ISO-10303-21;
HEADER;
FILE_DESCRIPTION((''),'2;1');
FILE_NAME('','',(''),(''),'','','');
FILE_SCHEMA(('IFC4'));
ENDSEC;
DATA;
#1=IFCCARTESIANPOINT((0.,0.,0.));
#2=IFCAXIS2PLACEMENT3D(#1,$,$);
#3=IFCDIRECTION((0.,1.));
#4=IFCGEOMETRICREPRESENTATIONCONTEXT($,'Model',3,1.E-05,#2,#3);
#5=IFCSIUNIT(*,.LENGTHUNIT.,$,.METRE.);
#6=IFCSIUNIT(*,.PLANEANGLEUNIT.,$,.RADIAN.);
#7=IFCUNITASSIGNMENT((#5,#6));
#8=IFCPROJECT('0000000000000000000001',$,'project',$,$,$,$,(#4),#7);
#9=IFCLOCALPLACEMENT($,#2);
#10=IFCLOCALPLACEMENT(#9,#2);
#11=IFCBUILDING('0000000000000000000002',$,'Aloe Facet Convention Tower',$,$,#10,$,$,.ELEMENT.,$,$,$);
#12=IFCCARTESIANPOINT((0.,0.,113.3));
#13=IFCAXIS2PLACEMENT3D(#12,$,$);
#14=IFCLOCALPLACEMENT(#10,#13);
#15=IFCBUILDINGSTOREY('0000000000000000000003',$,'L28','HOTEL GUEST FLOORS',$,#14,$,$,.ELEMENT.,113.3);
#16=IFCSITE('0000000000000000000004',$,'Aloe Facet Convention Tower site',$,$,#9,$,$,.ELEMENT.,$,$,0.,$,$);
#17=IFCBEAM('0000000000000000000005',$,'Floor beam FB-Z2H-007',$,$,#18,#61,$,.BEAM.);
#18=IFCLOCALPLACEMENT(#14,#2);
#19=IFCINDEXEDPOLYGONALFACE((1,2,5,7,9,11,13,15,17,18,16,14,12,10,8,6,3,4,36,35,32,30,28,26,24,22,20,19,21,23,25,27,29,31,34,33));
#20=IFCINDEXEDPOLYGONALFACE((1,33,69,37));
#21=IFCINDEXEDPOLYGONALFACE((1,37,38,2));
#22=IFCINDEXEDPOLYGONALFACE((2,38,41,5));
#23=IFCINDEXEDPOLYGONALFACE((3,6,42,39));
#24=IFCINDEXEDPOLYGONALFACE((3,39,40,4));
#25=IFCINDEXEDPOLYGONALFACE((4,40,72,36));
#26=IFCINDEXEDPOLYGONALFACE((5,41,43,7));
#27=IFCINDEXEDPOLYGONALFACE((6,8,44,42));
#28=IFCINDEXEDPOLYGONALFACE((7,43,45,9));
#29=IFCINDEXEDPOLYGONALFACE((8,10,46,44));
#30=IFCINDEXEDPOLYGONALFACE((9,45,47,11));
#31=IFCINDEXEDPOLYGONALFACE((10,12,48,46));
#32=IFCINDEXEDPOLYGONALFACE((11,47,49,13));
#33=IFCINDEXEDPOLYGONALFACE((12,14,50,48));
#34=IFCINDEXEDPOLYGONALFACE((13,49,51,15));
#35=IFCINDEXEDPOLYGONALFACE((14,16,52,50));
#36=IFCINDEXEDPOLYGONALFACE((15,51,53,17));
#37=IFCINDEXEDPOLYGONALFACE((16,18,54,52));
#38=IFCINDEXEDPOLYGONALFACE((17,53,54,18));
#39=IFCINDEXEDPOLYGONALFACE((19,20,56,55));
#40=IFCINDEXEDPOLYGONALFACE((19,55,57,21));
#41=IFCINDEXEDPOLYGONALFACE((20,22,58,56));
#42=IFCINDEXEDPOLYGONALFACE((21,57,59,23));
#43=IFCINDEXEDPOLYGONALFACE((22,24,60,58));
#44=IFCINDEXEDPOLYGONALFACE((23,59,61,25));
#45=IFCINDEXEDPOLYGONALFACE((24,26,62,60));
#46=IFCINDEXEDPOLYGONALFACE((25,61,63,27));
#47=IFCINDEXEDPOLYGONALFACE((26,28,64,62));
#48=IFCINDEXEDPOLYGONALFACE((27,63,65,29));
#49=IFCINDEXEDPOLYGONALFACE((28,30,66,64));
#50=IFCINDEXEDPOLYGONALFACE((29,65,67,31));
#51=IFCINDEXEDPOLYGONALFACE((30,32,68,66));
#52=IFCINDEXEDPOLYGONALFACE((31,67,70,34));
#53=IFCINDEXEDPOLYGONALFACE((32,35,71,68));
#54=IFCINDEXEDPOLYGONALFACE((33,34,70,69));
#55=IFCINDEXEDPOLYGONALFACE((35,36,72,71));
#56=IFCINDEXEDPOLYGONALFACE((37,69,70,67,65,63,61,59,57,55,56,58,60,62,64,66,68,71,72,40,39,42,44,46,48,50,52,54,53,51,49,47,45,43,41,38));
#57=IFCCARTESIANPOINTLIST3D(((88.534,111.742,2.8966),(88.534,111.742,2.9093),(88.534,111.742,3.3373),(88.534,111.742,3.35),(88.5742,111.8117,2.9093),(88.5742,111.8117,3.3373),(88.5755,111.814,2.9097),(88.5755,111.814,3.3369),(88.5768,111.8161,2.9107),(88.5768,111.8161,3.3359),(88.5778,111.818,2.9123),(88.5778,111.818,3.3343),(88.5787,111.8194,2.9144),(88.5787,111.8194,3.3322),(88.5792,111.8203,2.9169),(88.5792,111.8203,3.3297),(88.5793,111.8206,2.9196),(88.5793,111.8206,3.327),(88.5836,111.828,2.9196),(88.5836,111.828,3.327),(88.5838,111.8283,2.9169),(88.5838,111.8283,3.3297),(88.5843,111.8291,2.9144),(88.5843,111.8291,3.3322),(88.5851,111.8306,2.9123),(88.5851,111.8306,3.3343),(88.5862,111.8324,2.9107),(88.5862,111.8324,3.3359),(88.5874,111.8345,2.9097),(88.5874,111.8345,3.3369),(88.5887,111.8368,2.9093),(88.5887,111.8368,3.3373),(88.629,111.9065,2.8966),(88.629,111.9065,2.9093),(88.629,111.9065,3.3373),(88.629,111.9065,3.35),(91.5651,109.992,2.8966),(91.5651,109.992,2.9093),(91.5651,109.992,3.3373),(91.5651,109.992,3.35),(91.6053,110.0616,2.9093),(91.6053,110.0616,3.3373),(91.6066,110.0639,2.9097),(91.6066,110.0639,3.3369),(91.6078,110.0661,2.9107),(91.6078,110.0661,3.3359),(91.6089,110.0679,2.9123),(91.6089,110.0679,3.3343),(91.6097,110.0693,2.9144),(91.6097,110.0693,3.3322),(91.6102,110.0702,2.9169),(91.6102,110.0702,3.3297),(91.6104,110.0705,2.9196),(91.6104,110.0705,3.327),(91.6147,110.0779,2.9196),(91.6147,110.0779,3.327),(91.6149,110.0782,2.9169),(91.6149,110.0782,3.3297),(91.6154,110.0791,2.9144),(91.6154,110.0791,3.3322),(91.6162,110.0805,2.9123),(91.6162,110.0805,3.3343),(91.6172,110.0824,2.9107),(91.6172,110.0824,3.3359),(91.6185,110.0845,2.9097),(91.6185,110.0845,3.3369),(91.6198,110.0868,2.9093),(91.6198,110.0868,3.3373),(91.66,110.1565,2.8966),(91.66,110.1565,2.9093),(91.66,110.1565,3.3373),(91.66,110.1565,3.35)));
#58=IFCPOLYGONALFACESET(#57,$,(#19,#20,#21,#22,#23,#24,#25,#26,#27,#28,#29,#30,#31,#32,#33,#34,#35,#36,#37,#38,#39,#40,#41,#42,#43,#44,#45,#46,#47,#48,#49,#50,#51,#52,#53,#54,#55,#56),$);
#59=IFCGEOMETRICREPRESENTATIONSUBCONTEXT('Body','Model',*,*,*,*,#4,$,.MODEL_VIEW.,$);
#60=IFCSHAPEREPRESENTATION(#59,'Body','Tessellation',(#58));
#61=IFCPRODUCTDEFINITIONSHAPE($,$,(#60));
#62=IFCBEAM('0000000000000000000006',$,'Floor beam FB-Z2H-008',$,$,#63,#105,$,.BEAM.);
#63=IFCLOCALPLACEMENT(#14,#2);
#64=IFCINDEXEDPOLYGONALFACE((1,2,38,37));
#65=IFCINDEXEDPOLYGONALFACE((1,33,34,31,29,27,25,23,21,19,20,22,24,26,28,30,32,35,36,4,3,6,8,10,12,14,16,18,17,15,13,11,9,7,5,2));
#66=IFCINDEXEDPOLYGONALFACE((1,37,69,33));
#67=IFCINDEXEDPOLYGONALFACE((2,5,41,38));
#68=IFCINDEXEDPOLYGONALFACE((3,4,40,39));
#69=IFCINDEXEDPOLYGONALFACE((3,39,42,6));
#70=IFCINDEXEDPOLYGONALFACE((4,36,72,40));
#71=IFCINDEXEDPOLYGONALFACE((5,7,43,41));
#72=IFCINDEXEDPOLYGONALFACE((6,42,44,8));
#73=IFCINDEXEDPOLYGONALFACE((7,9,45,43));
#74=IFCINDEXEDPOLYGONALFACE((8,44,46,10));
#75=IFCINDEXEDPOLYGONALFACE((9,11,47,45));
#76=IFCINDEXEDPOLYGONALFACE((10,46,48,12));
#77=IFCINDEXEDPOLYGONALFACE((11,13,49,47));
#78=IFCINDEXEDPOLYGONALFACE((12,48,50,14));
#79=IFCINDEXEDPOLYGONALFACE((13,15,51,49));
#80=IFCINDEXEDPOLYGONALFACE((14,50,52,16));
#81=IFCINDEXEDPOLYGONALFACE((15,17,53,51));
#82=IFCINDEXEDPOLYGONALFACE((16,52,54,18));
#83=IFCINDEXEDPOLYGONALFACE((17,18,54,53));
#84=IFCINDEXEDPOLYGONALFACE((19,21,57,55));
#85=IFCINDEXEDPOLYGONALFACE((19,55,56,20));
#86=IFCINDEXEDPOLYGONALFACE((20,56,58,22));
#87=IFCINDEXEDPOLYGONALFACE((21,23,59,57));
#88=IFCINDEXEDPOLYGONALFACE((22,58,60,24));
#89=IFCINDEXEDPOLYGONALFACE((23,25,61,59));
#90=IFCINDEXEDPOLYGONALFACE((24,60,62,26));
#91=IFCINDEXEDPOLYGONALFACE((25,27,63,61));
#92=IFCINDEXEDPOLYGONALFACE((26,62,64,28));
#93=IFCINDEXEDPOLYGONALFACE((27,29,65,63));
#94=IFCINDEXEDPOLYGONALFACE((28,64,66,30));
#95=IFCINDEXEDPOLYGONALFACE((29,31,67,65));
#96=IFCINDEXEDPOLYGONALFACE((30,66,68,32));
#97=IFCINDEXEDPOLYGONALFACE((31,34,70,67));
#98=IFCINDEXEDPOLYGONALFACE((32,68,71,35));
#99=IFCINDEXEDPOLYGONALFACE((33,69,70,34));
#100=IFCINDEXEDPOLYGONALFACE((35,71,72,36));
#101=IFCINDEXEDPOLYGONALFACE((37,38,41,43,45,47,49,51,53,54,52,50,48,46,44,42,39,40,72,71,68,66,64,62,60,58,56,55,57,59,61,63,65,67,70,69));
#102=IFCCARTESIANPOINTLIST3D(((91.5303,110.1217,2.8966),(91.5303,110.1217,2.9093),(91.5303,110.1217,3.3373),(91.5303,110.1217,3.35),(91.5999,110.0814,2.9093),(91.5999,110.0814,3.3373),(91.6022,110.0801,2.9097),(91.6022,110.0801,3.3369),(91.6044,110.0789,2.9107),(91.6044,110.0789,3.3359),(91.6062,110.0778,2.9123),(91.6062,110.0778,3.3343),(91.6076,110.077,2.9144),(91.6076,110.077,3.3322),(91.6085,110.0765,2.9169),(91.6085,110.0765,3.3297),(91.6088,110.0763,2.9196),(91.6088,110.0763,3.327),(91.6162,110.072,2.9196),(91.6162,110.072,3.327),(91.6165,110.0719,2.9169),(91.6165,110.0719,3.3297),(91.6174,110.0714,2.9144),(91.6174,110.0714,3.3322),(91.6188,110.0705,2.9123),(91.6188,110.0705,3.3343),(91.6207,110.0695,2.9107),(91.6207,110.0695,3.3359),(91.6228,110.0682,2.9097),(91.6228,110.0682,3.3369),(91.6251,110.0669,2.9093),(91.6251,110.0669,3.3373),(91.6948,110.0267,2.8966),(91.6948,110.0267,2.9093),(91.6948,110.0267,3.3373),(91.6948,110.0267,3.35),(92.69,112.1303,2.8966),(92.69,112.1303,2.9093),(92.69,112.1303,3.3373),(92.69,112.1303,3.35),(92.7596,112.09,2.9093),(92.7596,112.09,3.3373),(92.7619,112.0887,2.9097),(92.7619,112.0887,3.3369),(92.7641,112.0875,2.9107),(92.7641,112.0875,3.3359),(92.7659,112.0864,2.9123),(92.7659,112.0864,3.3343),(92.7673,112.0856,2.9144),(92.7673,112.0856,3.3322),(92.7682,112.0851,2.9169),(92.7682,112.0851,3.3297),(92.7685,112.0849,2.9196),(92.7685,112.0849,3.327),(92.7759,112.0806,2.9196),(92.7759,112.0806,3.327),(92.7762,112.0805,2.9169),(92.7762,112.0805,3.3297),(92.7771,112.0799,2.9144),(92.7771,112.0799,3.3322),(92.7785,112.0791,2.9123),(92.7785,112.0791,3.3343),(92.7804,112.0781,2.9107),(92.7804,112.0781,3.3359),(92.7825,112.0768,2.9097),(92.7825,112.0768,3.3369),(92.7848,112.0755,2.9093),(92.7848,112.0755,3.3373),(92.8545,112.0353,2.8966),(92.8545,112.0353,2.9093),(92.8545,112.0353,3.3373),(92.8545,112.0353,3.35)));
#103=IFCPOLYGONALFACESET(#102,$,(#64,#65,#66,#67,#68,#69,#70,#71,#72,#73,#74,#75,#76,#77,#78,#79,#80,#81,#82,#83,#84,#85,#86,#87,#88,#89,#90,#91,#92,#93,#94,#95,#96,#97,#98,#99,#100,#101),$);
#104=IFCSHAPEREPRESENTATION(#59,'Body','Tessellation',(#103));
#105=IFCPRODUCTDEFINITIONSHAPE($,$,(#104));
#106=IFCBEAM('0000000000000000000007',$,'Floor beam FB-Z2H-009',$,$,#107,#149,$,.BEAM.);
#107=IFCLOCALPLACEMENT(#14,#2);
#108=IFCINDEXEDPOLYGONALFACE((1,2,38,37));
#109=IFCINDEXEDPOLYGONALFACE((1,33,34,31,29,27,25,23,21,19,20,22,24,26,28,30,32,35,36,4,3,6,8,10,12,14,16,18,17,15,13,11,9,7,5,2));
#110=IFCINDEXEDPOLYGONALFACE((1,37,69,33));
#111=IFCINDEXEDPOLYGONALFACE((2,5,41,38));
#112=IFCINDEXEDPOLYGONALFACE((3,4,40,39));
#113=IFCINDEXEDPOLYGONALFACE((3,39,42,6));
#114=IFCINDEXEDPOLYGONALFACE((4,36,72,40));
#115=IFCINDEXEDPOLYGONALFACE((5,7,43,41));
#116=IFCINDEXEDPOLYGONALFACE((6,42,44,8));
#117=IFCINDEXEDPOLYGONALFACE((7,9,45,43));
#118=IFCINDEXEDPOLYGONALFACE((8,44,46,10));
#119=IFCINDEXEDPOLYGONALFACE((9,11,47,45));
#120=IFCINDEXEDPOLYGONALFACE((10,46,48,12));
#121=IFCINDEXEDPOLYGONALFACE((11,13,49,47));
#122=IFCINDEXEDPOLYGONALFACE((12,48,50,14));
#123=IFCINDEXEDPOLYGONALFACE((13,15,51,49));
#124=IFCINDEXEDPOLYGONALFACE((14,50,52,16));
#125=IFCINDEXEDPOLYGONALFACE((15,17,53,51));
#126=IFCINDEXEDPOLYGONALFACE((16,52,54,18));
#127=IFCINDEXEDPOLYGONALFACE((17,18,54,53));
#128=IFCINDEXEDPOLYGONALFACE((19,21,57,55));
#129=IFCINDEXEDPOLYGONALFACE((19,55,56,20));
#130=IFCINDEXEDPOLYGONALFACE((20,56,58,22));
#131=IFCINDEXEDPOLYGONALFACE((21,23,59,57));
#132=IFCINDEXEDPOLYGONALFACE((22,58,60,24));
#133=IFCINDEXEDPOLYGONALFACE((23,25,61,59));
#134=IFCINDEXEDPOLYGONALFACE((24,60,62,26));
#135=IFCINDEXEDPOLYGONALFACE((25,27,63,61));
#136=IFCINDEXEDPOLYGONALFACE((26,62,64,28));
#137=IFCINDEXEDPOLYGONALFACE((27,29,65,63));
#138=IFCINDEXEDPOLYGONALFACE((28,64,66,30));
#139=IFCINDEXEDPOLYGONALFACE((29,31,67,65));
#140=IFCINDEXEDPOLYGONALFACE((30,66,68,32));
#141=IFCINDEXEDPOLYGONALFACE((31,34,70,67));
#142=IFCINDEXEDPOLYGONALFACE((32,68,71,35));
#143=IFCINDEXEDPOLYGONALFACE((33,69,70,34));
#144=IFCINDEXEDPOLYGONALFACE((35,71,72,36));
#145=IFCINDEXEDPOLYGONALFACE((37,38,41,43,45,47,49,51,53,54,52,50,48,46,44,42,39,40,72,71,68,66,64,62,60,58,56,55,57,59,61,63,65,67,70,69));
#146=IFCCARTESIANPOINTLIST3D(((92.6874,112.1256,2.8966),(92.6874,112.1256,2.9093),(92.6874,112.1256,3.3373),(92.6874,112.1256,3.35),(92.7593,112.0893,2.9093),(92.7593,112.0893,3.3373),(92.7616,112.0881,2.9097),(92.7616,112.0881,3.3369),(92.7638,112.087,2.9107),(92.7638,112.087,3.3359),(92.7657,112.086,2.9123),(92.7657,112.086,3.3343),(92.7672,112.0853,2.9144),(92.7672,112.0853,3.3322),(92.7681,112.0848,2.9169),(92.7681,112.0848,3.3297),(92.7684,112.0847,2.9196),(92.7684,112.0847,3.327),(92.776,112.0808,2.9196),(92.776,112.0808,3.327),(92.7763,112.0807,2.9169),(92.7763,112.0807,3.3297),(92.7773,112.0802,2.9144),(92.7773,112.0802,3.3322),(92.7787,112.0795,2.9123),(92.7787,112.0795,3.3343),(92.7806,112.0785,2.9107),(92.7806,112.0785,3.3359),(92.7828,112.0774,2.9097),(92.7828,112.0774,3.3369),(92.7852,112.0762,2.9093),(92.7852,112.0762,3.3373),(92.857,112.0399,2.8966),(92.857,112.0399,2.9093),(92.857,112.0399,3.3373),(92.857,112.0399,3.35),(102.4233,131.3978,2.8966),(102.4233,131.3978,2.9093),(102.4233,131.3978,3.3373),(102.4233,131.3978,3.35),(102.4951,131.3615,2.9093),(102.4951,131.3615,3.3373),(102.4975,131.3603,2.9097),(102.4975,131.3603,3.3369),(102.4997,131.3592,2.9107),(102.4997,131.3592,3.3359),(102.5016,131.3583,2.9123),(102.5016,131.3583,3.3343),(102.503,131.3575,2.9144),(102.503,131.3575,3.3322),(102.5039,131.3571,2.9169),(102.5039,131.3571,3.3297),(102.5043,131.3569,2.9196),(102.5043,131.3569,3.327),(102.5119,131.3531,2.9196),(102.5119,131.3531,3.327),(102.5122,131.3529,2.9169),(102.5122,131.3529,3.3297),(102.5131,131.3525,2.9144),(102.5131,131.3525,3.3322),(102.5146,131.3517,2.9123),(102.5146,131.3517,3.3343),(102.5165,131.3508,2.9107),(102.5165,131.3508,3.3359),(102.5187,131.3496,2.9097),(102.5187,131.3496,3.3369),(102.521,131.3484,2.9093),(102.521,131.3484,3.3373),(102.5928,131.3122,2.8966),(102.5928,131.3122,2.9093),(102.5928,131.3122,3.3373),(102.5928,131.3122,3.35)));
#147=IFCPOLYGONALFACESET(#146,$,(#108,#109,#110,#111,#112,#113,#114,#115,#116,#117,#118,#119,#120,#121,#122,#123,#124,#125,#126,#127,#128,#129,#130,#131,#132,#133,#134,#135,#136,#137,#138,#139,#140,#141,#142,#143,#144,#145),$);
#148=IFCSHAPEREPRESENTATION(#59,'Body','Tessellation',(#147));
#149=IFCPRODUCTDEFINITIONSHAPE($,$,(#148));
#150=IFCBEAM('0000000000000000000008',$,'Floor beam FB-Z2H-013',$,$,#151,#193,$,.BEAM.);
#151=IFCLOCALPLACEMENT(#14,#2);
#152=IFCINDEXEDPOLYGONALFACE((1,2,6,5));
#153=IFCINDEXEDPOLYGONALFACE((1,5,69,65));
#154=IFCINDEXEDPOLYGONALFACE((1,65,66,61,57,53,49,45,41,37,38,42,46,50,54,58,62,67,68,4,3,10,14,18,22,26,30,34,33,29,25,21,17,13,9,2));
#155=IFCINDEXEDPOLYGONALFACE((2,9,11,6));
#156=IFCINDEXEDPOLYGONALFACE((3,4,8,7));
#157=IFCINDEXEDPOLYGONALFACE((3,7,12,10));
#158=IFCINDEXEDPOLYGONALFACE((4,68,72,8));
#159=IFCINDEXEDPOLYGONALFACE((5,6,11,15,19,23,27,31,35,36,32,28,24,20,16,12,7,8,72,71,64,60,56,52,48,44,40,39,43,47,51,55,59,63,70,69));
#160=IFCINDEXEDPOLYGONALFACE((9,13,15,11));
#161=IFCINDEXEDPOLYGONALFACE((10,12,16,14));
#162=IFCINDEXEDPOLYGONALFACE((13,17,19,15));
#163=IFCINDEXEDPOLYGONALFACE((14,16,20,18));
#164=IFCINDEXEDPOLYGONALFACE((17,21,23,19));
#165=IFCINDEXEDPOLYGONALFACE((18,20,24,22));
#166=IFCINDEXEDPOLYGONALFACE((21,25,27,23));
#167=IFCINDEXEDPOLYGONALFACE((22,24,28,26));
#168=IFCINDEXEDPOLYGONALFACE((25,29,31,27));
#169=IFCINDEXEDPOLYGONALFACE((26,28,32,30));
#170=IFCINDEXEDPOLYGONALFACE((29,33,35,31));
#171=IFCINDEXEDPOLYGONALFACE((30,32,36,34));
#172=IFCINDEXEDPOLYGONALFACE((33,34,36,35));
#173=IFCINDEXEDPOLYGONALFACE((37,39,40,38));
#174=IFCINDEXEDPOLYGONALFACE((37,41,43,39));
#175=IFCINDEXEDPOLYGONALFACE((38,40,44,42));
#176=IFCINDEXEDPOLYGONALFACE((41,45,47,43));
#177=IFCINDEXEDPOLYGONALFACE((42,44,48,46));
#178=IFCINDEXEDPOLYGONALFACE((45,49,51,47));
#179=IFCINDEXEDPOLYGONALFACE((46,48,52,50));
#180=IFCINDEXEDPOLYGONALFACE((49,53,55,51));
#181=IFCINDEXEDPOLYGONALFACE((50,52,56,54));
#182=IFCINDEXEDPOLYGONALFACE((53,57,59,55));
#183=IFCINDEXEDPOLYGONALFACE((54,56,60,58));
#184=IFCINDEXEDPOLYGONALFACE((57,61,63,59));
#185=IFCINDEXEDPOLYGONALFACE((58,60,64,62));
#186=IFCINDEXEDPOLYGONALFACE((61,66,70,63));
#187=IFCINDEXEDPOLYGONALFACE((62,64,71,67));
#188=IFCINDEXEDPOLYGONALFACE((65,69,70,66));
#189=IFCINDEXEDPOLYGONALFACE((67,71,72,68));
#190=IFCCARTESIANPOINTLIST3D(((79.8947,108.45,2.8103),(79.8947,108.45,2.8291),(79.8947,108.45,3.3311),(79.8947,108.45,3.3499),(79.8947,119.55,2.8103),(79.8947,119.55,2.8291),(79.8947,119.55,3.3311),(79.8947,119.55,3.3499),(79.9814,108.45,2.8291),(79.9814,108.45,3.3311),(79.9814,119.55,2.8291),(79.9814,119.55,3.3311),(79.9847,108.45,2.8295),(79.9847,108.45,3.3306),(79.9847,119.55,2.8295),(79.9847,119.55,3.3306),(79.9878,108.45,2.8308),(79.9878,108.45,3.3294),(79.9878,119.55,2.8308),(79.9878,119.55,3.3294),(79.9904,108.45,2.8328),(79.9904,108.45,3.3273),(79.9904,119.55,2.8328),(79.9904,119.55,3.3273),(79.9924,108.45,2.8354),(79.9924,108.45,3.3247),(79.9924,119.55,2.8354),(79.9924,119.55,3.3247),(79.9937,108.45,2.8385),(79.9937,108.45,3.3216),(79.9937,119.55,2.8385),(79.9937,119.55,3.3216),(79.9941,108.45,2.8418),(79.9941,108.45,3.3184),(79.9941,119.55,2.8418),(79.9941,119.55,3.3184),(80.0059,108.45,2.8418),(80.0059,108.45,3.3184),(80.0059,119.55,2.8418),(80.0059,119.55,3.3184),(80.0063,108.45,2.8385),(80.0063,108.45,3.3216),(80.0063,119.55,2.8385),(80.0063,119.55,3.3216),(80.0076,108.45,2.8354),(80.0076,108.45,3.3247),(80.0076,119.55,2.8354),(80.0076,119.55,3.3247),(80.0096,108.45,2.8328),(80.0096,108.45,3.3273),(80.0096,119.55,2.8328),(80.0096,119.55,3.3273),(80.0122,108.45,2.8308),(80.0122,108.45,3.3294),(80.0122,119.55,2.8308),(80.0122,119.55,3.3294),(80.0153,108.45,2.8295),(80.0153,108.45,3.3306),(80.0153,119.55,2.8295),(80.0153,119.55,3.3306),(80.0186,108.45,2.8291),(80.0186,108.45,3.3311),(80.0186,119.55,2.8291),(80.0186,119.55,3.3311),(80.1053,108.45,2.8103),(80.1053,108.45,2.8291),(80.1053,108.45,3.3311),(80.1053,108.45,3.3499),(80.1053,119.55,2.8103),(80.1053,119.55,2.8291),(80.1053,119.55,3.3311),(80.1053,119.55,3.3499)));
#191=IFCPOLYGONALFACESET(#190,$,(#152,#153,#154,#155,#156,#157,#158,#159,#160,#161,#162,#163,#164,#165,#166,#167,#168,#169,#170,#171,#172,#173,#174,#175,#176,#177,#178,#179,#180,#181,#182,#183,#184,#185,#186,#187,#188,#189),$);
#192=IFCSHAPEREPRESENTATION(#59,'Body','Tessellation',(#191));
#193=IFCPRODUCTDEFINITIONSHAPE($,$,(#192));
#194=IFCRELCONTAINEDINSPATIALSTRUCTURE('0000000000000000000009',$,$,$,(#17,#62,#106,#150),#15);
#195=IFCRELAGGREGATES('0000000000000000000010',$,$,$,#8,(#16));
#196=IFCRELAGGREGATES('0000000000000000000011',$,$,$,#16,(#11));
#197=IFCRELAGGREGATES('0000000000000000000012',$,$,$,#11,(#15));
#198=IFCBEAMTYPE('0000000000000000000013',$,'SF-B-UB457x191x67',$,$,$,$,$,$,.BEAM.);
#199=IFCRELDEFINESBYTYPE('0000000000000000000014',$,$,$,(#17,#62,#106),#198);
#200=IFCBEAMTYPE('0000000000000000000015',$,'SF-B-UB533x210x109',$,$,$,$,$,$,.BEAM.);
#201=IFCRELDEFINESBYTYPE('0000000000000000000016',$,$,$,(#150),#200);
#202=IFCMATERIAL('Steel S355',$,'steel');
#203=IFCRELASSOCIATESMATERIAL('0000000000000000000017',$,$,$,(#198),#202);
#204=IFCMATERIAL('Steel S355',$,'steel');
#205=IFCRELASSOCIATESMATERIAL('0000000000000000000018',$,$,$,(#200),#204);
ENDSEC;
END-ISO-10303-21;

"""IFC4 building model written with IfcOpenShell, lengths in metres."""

from ifc_helpers import new_model, si_unit, direction, frame, origin, origin_2d, place, context, subcontext, project, spatial, i_section, extrude, material, material_profile, profile_set, type_object, element, save


model = new_model("IFC4")

# Units and contexts
model_context = context("Model", 3, precision=1e-05, world=origin(), true_north=direction((0.0, 1.0)))
body_context = subcontext(model_context, "Body", "Model", "MODEL_VIEW")
ifc_project = project(units=[si_unit("LENGTHUNIT", "METRE"), si_unit("PLANEANGLEUNIT", "RADIAN")], contexts=[model_context])

# Site, building, storey
site_placement = place(None, origin())
site = spatial("IfcSite", under=ifc_project, at=site_placement, Name="Aloe Facet Convention Tower site", CompositionType="ELEMENT", RefElevation=0.0)
building_placement = place(site_placement, origin())
building = spatial("IfcBuilding", under=site, at=building_placement, Name="Aloe Facet Convention Tower", CompositionType="ELEMENT")
storey_placement = place(building_placement, frame((0.0, 0.0, 113.3)))
storey = spatial("IfcBuildingStorey", under=building, at=storey_placement, Name="L28", Description="HOTEL GUEST FLOORS", CompositionType="ELEMENT", Elevation=113.3)

# Beams
ifc_material_1 = material(Name="Steel S355", Category="steel")
ifc_material_profile_1 = material_profile(ifc_material_1, i_section(OverallWidth=0.1899, OverallDepth=0.4534, WebThickness=0.0085, FlangeThickness=0.0127, FilletRadius=0.0103, at=origin_2d()), Name="UB 457x191x67")
ifc_profile_set_1 = profile_set([ifc_material_profile_1], Name="Steel S355")
beam_type_1 = type_object("IfcBeamType", Name="SF-B-UB457x191x67", PredefinedType="BEAM", material=ifc_profile_set_1)
beam_1_placement = place(storey_placement, frame((91.6125, 110.0742, 3.1233), z_axis=(-0.866019, 0.50001, 0.0), x_axis=(-0.50001, -0.866019, 0.0)))
element("IfcBeam", 1, at=beam_1_placement, inside=storey, type_object=beam_type_1, Name="Floor beam FB-Z2H-007", PredefinedType="BEAM", context=body_context, shape_type="SweptSolid", body=[
    extrude(i_section(OverallWidth=0.1899, OverallDepth=0.4534, WebThickness=0.0085, FlangeThickness=0.0127, FilletRadius=0.0103, at=origin_2d()), origin(), (0.0, 0.0, 1.0), 3.5),
])
beam_2_placement = place(storey_placement, frame((92.7722, 112.0828, 3.1233), z_axis=(-0.500011, -0.866019, 0.0), x_axis=(0.866019, -0.500011, 0.0)))
element("IfcBeam", 2, at=beam_2_placement, inside=storey, type_object=beam_type_1, Name="Floor beam FB-Z2H-008", PredefinedType="BEAM", context=body_context, shape_type="SweptSolid", body=[
    extrude(i_section(OverallWidth=0.1899, OverallDepth=0.4534, WebThickness=0.0085, FlangeThickness=0.0127, FilletRadius=0.0103, at=origin_2d()), origin(), (0.0, 0.0, 1.0), 2.3193),
])
beam_3_placement = place(storey_placement, frame((92.7722, 112.0828, 3.1233), z_axis=(0.450905, 0.892572, 0.0), x_axis=(-0.892572, 0.450905, 0.0)))
element("IfcBeam", 3, at=beam_3_placement, inside=storey, type_object=beam_type_1, Name="Floor beam FB-Z2H-009", PredefinedType="BEAM", context=body_context, shape_type="SweptSolid", body=[
    extrude(i_section(OverallWidth=0.1899, OverallDepth=0.4534, WebThickness=0.0085, FlangeThickness=0.0127, FilletRadius=0.0103, at=origin_2d()), origin(), (0.0, 0.0, 1.0), 21.5918),
])
ifc_material_2 = material(Name="Steel S355", Category="steel")
ifc_material_profile_2 = material_profile(ifc_material_2, i_section(OverallWidth=0.2107, OverallDepth=0.5396, WebThickness=0.0117, FlangeThickness=0.0188, FilletRadius=0.0127, at=origin_2d()), Name="UB 533x210x109")
ifc_profile_set_2 = profile_set([ifc_material_profile_2], Name="Steel S355")
beam_type_2 = type_object("IfcBeamType", Name="SF-B-UB533x210x109", PredefinedType="BEAM", material=ifc_profile_set_2)
beam_4_placement = place(storey_placement, frame((80.0, 119.55, 3.0801), z_axis=(0.0, -1.0, 0.0), x_axis=(1.0, 0.0, 0.0)))
element("IfcBeam", 4, at=beam_4_placement, inside=storey, type_object=beam_type_2, Name="Floor beam FB-Z2H-013", PredefinedType="BEAM", context=body_context, shape_type="SweptSolid", body=[
    extrude(i_section(OverallWidth=0.2107, OverallDepth=0.5396, WebThickness=0.0117, FlangeThickness=0.0188, FilletRadius=0.0127, at=origin_2d()), origin(), (0.0, 0.0, 1.0), 11.1001),
])

save(model, "model.ifc")
